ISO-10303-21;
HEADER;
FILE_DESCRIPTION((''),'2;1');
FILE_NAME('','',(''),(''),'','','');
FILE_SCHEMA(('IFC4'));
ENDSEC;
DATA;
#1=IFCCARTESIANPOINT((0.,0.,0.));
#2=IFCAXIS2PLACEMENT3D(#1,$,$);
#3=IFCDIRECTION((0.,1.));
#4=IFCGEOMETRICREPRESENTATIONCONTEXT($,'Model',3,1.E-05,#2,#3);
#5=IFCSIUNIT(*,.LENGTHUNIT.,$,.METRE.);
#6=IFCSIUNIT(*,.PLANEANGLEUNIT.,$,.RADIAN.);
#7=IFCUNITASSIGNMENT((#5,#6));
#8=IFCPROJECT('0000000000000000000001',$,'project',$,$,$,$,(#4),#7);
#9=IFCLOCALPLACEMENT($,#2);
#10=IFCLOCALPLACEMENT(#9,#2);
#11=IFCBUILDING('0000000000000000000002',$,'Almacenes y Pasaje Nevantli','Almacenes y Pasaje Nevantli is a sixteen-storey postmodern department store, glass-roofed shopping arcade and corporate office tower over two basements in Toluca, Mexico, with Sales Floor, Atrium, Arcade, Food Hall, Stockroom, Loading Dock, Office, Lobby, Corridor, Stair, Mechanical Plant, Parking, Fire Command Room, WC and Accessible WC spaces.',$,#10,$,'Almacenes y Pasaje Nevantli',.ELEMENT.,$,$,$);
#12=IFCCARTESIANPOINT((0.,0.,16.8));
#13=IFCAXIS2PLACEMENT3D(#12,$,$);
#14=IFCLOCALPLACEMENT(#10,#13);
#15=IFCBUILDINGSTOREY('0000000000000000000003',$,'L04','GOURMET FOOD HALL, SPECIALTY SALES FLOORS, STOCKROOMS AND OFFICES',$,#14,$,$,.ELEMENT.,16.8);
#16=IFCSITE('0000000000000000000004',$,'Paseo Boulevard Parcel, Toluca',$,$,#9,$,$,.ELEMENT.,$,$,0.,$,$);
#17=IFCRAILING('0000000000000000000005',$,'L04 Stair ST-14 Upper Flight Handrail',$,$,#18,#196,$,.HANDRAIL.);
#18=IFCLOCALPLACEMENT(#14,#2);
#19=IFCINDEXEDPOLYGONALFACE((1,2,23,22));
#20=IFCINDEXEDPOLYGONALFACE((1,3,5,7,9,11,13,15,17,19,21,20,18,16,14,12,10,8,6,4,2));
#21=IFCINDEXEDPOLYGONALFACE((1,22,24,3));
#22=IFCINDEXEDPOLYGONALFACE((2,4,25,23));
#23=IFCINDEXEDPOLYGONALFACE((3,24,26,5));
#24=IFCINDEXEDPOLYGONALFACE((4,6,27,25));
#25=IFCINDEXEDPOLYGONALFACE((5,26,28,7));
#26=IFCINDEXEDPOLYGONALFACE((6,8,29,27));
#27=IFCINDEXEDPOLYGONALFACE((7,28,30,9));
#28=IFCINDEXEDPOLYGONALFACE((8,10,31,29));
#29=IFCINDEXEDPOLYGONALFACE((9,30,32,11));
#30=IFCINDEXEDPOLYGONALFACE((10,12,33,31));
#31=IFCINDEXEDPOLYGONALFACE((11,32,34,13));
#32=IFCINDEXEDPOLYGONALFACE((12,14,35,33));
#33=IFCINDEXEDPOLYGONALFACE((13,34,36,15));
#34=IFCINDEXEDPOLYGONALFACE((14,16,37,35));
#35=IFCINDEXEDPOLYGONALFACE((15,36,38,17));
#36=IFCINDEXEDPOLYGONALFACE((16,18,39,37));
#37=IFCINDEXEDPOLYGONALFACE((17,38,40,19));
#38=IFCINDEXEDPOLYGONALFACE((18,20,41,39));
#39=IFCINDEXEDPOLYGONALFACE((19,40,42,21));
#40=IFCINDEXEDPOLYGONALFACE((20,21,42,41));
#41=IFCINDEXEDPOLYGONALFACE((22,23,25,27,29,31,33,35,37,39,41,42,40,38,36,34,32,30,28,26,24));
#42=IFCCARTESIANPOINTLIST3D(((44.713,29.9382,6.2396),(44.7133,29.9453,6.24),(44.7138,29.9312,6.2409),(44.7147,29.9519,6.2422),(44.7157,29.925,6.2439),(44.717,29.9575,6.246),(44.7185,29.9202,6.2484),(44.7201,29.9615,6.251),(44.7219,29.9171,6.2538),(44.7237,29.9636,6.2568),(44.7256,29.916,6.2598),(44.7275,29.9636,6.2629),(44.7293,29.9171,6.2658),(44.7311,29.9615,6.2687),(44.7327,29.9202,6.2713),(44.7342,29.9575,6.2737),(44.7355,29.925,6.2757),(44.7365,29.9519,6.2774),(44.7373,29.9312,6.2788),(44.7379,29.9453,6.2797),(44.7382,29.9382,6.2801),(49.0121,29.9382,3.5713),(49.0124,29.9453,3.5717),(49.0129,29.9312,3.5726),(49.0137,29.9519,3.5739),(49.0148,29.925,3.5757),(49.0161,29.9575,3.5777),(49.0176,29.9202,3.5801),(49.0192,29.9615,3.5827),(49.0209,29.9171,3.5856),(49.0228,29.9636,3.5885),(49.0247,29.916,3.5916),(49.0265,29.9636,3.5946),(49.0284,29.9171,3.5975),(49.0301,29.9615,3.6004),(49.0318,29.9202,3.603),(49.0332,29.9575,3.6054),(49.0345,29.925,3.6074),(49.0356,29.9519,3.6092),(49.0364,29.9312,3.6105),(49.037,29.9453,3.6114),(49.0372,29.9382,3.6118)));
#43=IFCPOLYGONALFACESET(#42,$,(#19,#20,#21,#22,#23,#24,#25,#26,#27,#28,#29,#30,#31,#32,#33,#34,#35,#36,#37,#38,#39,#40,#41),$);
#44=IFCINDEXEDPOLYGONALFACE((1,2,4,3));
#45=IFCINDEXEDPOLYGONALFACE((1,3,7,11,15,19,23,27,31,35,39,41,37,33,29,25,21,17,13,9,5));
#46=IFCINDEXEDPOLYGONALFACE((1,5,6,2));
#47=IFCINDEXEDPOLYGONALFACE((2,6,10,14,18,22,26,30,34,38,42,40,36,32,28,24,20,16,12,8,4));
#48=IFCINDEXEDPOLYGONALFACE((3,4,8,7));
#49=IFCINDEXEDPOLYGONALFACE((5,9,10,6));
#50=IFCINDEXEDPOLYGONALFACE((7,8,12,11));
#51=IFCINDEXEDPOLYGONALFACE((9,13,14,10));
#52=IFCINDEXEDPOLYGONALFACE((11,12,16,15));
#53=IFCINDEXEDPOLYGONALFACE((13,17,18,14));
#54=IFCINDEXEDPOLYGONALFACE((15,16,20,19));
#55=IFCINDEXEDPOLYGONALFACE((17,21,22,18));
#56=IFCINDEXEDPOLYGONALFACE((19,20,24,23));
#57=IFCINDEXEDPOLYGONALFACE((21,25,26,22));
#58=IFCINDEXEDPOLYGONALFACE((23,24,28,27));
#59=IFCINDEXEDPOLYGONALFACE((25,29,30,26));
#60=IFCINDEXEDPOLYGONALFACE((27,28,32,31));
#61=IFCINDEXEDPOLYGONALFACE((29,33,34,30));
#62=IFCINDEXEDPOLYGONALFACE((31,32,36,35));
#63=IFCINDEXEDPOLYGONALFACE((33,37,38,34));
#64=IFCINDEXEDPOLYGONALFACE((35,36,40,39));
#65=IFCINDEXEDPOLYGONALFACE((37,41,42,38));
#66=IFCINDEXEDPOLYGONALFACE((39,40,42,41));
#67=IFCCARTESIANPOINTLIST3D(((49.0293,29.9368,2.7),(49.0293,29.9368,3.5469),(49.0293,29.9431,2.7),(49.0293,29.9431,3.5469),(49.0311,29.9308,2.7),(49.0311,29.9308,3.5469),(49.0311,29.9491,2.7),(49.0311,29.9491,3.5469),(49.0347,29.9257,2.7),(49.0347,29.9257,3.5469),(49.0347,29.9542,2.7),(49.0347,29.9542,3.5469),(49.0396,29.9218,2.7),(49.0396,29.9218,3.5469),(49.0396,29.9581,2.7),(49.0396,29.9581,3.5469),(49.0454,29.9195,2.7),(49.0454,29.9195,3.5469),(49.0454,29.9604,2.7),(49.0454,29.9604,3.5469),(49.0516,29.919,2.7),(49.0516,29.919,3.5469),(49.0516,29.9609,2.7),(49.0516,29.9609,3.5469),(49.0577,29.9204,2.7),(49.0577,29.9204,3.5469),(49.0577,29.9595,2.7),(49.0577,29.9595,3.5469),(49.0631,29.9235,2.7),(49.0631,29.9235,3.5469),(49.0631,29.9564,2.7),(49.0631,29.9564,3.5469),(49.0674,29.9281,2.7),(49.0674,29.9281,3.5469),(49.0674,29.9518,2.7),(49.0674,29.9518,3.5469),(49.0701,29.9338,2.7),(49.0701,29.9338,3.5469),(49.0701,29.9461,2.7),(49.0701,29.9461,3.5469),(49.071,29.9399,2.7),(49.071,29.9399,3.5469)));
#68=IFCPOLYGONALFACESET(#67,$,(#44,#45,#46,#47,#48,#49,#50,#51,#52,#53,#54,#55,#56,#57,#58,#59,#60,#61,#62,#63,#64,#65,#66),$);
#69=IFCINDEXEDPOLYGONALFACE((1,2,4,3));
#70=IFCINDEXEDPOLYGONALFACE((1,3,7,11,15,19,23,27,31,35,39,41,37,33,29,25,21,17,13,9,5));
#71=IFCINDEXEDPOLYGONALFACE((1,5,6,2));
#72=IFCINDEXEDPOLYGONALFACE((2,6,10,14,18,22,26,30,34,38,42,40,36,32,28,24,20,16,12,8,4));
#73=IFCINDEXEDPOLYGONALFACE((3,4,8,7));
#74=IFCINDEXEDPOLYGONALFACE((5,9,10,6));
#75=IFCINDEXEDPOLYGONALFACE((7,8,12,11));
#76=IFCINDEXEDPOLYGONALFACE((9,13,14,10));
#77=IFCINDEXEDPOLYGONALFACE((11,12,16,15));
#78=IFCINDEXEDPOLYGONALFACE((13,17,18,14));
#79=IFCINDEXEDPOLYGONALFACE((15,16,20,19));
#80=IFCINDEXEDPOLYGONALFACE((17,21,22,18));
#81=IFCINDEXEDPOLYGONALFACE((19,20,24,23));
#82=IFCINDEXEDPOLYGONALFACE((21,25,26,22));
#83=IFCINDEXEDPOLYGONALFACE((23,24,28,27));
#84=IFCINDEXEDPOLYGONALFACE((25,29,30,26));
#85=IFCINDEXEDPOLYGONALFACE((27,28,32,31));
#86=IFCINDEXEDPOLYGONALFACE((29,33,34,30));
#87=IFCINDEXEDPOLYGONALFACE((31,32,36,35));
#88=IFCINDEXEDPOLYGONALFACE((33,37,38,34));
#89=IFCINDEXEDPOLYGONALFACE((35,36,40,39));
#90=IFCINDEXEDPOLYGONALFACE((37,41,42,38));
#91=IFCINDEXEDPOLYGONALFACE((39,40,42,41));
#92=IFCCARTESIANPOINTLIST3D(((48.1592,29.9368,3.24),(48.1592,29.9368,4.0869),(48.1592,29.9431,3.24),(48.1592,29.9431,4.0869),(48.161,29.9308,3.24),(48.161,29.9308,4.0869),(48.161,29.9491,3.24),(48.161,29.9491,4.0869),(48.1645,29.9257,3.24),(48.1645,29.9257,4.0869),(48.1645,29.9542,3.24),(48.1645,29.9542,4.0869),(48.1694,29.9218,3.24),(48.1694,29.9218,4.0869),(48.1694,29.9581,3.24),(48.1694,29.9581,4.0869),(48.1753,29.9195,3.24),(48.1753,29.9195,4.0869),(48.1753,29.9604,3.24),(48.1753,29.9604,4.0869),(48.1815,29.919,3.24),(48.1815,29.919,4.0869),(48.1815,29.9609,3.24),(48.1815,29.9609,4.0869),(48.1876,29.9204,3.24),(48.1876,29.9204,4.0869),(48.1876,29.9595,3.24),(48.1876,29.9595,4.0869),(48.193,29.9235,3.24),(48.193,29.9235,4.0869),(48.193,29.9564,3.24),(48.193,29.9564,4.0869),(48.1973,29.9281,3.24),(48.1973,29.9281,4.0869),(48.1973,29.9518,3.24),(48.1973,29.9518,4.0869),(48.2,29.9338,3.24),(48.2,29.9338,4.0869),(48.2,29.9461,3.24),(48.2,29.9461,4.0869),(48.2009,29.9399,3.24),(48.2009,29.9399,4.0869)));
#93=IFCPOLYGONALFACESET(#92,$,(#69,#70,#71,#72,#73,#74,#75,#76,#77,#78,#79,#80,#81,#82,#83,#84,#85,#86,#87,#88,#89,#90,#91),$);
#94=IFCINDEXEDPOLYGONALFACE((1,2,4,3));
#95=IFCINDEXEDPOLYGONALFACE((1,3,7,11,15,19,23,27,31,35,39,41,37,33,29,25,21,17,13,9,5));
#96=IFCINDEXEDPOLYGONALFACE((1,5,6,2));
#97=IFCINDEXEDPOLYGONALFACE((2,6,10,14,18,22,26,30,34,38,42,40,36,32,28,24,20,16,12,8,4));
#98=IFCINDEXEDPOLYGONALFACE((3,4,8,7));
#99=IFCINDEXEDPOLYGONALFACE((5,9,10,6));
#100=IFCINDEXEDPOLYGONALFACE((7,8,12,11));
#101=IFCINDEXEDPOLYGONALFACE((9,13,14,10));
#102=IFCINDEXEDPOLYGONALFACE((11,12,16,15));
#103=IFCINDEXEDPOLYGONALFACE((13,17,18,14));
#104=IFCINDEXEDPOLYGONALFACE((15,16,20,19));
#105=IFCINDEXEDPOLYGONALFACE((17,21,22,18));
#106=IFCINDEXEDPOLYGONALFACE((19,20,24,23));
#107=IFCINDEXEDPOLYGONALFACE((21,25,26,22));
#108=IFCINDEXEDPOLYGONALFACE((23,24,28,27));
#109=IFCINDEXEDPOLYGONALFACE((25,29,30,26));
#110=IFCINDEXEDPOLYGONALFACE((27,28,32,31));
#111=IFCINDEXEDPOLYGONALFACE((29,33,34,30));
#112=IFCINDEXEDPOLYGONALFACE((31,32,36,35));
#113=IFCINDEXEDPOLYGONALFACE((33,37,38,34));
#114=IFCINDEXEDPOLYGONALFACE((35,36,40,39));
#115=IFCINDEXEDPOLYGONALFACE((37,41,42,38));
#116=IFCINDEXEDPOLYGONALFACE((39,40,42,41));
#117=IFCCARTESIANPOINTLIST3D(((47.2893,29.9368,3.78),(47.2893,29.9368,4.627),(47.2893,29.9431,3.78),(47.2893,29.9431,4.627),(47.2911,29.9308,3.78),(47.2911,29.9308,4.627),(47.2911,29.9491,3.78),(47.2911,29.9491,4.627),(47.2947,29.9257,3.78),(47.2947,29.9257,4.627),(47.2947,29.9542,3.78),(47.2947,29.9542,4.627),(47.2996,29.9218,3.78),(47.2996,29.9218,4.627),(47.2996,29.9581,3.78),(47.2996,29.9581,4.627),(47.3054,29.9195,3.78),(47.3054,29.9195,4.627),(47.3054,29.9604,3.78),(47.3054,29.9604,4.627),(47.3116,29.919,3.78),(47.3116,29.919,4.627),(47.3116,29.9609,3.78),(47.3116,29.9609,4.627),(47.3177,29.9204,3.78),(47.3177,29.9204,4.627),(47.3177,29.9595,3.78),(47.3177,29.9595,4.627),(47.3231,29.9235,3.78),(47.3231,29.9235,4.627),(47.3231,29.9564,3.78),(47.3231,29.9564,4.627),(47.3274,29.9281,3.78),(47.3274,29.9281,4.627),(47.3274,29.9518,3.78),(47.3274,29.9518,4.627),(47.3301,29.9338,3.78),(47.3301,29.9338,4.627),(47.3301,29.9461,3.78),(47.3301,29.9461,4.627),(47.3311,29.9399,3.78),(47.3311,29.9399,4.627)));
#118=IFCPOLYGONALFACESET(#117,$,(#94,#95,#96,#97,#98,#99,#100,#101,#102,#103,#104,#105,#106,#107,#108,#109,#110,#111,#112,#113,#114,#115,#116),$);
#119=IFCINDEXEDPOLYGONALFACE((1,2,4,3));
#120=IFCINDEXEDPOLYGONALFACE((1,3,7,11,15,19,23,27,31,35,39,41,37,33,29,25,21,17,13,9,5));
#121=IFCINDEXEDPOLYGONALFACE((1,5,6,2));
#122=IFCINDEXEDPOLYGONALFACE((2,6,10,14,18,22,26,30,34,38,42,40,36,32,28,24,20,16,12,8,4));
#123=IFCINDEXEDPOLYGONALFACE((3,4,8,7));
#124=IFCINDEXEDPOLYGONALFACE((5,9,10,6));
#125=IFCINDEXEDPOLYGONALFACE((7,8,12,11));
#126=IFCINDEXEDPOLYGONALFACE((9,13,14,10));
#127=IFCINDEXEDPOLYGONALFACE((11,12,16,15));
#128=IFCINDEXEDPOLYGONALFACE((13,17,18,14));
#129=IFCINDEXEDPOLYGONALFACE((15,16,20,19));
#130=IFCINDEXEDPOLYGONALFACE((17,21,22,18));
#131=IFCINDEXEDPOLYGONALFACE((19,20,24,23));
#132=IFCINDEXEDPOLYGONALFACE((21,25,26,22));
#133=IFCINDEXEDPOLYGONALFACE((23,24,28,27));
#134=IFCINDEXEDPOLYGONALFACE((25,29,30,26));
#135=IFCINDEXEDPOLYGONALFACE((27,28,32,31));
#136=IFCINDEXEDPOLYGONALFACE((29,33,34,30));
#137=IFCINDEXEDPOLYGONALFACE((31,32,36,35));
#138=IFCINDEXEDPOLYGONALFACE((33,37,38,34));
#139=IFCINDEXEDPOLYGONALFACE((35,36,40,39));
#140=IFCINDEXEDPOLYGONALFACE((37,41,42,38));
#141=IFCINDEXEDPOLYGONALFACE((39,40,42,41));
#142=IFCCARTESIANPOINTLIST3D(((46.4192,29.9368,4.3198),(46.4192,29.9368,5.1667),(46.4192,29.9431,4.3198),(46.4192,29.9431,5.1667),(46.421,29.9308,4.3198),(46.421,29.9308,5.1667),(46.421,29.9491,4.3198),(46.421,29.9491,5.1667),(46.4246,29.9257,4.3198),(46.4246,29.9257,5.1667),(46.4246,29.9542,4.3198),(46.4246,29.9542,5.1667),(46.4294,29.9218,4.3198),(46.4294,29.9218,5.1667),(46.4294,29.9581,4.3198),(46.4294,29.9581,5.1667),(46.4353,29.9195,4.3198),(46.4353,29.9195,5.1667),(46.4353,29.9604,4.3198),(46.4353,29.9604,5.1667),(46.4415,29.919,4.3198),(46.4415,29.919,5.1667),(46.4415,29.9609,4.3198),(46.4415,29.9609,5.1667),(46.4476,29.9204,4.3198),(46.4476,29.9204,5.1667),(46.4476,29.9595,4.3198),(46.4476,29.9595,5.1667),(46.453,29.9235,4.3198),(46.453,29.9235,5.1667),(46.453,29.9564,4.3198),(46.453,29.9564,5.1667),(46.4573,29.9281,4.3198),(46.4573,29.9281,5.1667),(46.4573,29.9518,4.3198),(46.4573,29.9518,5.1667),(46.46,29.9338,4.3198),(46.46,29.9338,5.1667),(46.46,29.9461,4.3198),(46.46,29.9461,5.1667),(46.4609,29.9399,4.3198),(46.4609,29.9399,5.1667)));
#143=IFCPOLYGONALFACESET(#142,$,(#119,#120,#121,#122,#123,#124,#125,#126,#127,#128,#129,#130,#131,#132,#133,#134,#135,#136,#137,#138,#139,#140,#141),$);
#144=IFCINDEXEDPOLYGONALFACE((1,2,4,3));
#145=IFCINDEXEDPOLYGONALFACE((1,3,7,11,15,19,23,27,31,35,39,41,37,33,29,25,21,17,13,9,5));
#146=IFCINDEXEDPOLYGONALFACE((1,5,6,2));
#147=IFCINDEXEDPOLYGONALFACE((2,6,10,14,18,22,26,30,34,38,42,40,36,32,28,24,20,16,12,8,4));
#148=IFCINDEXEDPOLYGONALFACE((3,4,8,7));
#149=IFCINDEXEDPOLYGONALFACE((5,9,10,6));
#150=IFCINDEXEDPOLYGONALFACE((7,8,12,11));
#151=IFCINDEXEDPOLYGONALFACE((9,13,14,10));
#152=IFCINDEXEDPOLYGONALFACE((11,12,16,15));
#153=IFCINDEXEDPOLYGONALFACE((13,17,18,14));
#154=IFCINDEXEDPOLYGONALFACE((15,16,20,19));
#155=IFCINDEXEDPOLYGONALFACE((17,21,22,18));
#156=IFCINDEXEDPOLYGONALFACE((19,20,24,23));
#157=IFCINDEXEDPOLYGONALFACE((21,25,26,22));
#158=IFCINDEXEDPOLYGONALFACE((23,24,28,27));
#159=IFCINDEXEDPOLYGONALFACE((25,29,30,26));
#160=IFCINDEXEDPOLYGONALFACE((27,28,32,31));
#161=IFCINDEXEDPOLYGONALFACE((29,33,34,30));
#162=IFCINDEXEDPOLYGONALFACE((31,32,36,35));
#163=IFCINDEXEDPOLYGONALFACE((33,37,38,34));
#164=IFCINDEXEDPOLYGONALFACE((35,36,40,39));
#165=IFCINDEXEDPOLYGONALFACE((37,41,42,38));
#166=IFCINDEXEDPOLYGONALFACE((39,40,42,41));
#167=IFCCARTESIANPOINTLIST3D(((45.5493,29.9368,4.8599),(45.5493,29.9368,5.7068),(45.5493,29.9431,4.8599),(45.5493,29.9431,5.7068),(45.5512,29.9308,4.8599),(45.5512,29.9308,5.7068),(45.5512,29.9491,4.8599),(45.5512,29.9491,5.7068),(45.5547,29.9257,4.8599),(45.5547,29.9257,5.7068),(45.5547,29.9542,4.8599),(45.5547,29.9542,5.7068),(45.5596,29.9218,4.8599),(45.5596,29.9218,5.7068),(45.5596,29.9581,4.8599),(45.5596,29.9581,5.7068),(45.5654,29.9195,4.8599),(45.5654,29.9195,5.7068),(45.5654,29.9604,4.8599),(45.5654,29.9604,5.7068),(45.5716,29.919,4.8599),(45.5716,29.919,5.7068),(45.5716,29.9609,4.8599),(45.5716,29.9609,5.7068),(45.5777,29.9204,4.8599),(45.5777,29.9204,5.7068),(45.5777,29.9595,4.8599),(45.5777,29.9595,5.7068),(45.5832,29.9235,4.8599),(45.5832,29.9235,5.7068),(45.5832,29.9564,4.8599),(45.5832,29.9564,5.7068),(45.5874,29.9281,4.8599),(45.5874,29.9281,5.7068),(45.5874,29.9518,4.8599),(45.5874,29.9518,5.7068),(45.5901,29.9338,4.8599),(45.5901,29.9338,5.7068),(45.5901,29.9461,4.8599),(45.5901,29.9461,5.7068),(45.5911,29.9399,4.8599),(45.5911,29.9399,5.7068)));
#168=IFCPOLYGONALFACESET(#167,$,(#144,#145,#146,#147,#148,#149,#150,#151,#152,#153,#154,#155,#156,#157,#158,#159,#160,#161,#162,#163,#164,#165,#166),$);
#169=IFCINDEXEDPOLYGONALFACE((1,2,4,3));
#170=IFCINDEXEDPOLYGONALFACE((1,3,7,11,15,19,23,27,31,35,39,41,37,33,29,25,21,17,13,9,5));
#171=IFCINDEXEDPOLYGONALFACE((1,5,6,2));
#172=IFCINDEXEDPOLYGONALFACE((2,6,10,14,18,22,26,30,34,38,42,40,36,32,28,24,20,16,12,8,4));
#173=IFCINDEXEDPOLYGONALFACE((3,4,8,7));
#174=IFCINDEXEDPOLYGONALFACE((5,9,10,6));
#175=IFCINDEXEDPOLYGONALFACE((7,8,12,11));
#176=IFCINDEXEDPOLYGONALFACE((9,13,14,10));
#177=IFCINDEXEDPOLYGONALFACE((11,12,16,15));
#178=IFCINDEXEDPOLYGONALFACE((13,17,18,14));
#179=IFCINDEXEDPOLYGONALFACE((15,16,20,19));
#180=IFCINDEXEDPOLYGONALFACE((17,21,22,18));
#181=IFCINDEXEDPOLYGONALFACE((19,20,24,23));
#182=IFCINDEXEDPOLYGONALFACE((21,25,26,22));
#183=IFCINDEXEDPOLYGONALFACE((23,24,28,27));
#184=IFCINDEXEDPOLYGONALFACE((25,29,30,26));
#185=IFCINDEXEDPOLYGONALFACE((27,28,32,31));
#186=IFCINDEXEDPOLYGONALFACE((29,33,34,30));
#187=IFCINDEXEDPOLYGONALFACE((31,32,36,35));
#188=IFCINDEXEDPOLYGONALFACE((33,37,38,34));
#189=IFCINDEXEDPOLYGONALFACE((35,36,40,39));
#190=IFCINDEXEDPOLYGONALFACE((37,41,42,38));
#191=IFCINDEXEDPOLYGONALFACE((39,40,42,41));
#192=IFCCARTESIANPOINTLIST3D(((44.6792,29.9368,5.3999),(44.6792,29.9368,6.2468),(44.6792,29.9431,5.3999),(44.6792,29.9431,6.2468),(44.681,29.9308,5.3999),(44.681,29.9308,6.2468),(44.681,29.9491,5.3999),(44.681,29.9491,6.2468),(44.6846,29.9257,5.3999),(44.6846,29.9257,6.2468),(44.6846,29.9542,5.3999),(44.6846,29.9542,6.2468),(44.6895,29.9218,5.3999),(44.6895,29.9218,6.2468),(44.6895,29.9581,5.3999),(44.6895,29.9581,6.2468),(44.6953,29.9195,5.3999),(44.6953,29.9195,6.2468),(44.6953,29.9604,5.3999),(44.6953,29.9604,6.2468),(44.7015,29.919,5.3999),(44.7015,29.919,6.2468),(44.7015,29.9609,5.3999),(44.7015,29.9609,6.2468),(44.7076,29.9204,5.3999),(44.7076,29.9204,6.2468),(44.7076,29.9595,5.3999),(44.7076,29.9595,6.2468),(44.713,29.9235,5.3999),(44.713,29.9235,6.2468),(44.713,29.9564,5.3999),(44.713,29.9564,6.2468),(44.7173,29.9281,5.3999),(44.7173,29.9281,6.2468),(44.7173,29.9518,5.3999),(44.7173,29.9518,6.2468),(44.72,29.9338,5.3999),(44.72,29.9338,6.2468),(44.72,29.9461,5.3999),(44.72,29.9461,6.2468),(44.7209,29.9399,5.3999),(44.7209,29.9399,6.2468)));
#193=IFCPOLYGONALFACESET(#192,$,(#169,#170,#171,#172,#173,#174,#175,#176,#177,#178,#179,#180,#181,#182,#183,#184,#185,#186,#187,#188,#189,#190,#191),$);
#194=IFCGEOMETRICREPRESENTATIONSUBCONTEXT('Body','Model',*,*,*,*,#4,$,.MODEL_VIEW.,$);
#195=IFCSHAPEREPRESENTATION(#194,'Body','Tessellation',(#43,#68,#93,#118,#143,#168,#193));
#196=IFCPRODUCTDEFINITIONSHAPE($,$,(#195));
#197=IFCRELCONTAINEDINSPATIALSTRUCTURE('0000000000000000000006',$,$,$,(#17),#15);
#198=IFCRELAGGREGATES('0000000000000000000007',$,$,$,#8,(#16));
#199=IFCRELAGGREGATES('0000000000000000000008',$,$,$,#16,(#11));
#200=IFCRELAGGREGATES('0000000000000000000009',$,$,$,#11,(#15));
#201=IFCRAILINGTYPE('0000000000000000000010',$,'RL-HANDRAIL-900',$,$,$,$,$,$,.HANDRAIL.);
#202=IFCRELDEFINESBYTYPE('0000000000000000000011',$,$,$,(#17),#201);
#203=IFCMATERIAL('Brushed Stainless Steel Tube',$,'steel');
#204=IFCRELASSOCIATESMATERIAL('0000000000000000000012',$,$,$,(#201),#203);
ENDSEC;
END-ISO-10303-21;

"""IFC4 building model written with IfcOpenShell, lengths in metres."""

from ifc_helpers import new_model, si_unit, direction, frame, origin, origin_2d, place, context, subcontext, project, spatial, circle, extrude, material, type_object, element, save


model = new_model("IFC4")

# Units and contexts
model_context = context("Model", 3, precision=1e-05, world=origin(), true_north=direction((0.0, 1.0)))
body_context = subcontext(model_context, "Body", "Model", "MODEL_VIEW")
ifc_project = project(units=[si_unit("LENGTHUNIT", "METRE"), si_unit("PLANEANGLEUNIT", "RADIAN")], contexts=[model_context])

# Site, building, storey
site_placement = place(None, origin())
site = spatial("IfcSite", under=ifc_project, at=site_placement, Name="Paseo Boulevard Parcel, Toluca", CompositionType="ELEMENT", RefElevation=0.0)
building_placement = place(site_placement, origin())
building = spatial("IfcBuilding", under=site, at=building_placement, Name="Almacenes y Pasaje Nevantli", Description="Almacenes y Pasaje Nevantli is a sixteen-storey postmodern department store, glass-roofed shopping arcade and corporate office tower over two basements in Toluca, Mexico, with Sales Floor, Atrium, Arcade, Food Hall, Stockroom, Loading Dock, Office, Lobby, Corridor, Stair, Mechanical Plant, Parking, Fire Command Room, WC and Accessible WC spaces.", LongName="Almacenes y Pasaje Nevantli", CompositionType="ELEMENT")
storey_placement = place(building_placement, frame((0.0, 0.0, 16.8)))
storey = spatial("IfcBuildingStorey", under=building, at=storey_placement, Name="L04", Description="GOURMET FOOD HALL, SPECIALTY SALES FLOORS, STOCKROOMS AND OFFICES", CompositionType="ELEMENT", Elevation=16.8)

# Railing
ifc_material_1 = material(Name="Brushed Stainless Steel Tube", Category="steel")
railing_type_1 = type_object("IfcRailingType", Name="RL-HANDRAIL-900", PredefinedType="HANDRAIL", material=ifc_material_1)
railing_1_placement = place(storey_placement, frame((49.05, 29.9399, 2.7)))
element("IfcRailing", 1, at=railing_1_placement, inside=storey, type_object=railing_type_1, Name="L04 Stair ST-14 Upper Flight Handrail", PredefinedType="HANDRAIL", context=body_context, shape_type="SweptSolid", body=[
    extrude(circle(Radius=0.0239, at=origin_2d()), frame((-0.0254, 0.0, 0.8916), z_axis=(-0.84965, 0.0, 0.527347), x_axis=(0.0, -1.0, 0.0)), (0.0, 0.0, 1.0), 5.0598),
    extrude(circle(Radius=0.021, at=origin_2d()), origin(), (0.0, 0.0, 1.0), 0.8469),
    extrude(circle(Radius=0.021, at=origin_2d()), frame((-0.8701, 0.0, 0.54)), (0.0, 0.0, 1.0), 0.8469),
    extrude(circle(Radius=0.021, at=origin_2d()), frame((-1.74, 0.0, 1.0801)), (0.0, 0.0, 1.0), 0.8469),
    extrude(circle(Radius=0.021, at=origin_2d()), frame((-2.6101, 0.0, 1.6199)), (0.0, 0.0, 1.0), 0.8469),
    extrude(circle(Radius=0.021, at=origin_2d()), frame((-3.48, 0.0, 2.1599)), (0.0, 0.0, 1.0), 0.8469),
    extrude(circle(Radius=0.021, at=origin_2d()), frame((-4.3501, 0.0, 2.7)), (0.0, 0.0, 1.0), 0.8469),
])

save(model, "model.ifc")
